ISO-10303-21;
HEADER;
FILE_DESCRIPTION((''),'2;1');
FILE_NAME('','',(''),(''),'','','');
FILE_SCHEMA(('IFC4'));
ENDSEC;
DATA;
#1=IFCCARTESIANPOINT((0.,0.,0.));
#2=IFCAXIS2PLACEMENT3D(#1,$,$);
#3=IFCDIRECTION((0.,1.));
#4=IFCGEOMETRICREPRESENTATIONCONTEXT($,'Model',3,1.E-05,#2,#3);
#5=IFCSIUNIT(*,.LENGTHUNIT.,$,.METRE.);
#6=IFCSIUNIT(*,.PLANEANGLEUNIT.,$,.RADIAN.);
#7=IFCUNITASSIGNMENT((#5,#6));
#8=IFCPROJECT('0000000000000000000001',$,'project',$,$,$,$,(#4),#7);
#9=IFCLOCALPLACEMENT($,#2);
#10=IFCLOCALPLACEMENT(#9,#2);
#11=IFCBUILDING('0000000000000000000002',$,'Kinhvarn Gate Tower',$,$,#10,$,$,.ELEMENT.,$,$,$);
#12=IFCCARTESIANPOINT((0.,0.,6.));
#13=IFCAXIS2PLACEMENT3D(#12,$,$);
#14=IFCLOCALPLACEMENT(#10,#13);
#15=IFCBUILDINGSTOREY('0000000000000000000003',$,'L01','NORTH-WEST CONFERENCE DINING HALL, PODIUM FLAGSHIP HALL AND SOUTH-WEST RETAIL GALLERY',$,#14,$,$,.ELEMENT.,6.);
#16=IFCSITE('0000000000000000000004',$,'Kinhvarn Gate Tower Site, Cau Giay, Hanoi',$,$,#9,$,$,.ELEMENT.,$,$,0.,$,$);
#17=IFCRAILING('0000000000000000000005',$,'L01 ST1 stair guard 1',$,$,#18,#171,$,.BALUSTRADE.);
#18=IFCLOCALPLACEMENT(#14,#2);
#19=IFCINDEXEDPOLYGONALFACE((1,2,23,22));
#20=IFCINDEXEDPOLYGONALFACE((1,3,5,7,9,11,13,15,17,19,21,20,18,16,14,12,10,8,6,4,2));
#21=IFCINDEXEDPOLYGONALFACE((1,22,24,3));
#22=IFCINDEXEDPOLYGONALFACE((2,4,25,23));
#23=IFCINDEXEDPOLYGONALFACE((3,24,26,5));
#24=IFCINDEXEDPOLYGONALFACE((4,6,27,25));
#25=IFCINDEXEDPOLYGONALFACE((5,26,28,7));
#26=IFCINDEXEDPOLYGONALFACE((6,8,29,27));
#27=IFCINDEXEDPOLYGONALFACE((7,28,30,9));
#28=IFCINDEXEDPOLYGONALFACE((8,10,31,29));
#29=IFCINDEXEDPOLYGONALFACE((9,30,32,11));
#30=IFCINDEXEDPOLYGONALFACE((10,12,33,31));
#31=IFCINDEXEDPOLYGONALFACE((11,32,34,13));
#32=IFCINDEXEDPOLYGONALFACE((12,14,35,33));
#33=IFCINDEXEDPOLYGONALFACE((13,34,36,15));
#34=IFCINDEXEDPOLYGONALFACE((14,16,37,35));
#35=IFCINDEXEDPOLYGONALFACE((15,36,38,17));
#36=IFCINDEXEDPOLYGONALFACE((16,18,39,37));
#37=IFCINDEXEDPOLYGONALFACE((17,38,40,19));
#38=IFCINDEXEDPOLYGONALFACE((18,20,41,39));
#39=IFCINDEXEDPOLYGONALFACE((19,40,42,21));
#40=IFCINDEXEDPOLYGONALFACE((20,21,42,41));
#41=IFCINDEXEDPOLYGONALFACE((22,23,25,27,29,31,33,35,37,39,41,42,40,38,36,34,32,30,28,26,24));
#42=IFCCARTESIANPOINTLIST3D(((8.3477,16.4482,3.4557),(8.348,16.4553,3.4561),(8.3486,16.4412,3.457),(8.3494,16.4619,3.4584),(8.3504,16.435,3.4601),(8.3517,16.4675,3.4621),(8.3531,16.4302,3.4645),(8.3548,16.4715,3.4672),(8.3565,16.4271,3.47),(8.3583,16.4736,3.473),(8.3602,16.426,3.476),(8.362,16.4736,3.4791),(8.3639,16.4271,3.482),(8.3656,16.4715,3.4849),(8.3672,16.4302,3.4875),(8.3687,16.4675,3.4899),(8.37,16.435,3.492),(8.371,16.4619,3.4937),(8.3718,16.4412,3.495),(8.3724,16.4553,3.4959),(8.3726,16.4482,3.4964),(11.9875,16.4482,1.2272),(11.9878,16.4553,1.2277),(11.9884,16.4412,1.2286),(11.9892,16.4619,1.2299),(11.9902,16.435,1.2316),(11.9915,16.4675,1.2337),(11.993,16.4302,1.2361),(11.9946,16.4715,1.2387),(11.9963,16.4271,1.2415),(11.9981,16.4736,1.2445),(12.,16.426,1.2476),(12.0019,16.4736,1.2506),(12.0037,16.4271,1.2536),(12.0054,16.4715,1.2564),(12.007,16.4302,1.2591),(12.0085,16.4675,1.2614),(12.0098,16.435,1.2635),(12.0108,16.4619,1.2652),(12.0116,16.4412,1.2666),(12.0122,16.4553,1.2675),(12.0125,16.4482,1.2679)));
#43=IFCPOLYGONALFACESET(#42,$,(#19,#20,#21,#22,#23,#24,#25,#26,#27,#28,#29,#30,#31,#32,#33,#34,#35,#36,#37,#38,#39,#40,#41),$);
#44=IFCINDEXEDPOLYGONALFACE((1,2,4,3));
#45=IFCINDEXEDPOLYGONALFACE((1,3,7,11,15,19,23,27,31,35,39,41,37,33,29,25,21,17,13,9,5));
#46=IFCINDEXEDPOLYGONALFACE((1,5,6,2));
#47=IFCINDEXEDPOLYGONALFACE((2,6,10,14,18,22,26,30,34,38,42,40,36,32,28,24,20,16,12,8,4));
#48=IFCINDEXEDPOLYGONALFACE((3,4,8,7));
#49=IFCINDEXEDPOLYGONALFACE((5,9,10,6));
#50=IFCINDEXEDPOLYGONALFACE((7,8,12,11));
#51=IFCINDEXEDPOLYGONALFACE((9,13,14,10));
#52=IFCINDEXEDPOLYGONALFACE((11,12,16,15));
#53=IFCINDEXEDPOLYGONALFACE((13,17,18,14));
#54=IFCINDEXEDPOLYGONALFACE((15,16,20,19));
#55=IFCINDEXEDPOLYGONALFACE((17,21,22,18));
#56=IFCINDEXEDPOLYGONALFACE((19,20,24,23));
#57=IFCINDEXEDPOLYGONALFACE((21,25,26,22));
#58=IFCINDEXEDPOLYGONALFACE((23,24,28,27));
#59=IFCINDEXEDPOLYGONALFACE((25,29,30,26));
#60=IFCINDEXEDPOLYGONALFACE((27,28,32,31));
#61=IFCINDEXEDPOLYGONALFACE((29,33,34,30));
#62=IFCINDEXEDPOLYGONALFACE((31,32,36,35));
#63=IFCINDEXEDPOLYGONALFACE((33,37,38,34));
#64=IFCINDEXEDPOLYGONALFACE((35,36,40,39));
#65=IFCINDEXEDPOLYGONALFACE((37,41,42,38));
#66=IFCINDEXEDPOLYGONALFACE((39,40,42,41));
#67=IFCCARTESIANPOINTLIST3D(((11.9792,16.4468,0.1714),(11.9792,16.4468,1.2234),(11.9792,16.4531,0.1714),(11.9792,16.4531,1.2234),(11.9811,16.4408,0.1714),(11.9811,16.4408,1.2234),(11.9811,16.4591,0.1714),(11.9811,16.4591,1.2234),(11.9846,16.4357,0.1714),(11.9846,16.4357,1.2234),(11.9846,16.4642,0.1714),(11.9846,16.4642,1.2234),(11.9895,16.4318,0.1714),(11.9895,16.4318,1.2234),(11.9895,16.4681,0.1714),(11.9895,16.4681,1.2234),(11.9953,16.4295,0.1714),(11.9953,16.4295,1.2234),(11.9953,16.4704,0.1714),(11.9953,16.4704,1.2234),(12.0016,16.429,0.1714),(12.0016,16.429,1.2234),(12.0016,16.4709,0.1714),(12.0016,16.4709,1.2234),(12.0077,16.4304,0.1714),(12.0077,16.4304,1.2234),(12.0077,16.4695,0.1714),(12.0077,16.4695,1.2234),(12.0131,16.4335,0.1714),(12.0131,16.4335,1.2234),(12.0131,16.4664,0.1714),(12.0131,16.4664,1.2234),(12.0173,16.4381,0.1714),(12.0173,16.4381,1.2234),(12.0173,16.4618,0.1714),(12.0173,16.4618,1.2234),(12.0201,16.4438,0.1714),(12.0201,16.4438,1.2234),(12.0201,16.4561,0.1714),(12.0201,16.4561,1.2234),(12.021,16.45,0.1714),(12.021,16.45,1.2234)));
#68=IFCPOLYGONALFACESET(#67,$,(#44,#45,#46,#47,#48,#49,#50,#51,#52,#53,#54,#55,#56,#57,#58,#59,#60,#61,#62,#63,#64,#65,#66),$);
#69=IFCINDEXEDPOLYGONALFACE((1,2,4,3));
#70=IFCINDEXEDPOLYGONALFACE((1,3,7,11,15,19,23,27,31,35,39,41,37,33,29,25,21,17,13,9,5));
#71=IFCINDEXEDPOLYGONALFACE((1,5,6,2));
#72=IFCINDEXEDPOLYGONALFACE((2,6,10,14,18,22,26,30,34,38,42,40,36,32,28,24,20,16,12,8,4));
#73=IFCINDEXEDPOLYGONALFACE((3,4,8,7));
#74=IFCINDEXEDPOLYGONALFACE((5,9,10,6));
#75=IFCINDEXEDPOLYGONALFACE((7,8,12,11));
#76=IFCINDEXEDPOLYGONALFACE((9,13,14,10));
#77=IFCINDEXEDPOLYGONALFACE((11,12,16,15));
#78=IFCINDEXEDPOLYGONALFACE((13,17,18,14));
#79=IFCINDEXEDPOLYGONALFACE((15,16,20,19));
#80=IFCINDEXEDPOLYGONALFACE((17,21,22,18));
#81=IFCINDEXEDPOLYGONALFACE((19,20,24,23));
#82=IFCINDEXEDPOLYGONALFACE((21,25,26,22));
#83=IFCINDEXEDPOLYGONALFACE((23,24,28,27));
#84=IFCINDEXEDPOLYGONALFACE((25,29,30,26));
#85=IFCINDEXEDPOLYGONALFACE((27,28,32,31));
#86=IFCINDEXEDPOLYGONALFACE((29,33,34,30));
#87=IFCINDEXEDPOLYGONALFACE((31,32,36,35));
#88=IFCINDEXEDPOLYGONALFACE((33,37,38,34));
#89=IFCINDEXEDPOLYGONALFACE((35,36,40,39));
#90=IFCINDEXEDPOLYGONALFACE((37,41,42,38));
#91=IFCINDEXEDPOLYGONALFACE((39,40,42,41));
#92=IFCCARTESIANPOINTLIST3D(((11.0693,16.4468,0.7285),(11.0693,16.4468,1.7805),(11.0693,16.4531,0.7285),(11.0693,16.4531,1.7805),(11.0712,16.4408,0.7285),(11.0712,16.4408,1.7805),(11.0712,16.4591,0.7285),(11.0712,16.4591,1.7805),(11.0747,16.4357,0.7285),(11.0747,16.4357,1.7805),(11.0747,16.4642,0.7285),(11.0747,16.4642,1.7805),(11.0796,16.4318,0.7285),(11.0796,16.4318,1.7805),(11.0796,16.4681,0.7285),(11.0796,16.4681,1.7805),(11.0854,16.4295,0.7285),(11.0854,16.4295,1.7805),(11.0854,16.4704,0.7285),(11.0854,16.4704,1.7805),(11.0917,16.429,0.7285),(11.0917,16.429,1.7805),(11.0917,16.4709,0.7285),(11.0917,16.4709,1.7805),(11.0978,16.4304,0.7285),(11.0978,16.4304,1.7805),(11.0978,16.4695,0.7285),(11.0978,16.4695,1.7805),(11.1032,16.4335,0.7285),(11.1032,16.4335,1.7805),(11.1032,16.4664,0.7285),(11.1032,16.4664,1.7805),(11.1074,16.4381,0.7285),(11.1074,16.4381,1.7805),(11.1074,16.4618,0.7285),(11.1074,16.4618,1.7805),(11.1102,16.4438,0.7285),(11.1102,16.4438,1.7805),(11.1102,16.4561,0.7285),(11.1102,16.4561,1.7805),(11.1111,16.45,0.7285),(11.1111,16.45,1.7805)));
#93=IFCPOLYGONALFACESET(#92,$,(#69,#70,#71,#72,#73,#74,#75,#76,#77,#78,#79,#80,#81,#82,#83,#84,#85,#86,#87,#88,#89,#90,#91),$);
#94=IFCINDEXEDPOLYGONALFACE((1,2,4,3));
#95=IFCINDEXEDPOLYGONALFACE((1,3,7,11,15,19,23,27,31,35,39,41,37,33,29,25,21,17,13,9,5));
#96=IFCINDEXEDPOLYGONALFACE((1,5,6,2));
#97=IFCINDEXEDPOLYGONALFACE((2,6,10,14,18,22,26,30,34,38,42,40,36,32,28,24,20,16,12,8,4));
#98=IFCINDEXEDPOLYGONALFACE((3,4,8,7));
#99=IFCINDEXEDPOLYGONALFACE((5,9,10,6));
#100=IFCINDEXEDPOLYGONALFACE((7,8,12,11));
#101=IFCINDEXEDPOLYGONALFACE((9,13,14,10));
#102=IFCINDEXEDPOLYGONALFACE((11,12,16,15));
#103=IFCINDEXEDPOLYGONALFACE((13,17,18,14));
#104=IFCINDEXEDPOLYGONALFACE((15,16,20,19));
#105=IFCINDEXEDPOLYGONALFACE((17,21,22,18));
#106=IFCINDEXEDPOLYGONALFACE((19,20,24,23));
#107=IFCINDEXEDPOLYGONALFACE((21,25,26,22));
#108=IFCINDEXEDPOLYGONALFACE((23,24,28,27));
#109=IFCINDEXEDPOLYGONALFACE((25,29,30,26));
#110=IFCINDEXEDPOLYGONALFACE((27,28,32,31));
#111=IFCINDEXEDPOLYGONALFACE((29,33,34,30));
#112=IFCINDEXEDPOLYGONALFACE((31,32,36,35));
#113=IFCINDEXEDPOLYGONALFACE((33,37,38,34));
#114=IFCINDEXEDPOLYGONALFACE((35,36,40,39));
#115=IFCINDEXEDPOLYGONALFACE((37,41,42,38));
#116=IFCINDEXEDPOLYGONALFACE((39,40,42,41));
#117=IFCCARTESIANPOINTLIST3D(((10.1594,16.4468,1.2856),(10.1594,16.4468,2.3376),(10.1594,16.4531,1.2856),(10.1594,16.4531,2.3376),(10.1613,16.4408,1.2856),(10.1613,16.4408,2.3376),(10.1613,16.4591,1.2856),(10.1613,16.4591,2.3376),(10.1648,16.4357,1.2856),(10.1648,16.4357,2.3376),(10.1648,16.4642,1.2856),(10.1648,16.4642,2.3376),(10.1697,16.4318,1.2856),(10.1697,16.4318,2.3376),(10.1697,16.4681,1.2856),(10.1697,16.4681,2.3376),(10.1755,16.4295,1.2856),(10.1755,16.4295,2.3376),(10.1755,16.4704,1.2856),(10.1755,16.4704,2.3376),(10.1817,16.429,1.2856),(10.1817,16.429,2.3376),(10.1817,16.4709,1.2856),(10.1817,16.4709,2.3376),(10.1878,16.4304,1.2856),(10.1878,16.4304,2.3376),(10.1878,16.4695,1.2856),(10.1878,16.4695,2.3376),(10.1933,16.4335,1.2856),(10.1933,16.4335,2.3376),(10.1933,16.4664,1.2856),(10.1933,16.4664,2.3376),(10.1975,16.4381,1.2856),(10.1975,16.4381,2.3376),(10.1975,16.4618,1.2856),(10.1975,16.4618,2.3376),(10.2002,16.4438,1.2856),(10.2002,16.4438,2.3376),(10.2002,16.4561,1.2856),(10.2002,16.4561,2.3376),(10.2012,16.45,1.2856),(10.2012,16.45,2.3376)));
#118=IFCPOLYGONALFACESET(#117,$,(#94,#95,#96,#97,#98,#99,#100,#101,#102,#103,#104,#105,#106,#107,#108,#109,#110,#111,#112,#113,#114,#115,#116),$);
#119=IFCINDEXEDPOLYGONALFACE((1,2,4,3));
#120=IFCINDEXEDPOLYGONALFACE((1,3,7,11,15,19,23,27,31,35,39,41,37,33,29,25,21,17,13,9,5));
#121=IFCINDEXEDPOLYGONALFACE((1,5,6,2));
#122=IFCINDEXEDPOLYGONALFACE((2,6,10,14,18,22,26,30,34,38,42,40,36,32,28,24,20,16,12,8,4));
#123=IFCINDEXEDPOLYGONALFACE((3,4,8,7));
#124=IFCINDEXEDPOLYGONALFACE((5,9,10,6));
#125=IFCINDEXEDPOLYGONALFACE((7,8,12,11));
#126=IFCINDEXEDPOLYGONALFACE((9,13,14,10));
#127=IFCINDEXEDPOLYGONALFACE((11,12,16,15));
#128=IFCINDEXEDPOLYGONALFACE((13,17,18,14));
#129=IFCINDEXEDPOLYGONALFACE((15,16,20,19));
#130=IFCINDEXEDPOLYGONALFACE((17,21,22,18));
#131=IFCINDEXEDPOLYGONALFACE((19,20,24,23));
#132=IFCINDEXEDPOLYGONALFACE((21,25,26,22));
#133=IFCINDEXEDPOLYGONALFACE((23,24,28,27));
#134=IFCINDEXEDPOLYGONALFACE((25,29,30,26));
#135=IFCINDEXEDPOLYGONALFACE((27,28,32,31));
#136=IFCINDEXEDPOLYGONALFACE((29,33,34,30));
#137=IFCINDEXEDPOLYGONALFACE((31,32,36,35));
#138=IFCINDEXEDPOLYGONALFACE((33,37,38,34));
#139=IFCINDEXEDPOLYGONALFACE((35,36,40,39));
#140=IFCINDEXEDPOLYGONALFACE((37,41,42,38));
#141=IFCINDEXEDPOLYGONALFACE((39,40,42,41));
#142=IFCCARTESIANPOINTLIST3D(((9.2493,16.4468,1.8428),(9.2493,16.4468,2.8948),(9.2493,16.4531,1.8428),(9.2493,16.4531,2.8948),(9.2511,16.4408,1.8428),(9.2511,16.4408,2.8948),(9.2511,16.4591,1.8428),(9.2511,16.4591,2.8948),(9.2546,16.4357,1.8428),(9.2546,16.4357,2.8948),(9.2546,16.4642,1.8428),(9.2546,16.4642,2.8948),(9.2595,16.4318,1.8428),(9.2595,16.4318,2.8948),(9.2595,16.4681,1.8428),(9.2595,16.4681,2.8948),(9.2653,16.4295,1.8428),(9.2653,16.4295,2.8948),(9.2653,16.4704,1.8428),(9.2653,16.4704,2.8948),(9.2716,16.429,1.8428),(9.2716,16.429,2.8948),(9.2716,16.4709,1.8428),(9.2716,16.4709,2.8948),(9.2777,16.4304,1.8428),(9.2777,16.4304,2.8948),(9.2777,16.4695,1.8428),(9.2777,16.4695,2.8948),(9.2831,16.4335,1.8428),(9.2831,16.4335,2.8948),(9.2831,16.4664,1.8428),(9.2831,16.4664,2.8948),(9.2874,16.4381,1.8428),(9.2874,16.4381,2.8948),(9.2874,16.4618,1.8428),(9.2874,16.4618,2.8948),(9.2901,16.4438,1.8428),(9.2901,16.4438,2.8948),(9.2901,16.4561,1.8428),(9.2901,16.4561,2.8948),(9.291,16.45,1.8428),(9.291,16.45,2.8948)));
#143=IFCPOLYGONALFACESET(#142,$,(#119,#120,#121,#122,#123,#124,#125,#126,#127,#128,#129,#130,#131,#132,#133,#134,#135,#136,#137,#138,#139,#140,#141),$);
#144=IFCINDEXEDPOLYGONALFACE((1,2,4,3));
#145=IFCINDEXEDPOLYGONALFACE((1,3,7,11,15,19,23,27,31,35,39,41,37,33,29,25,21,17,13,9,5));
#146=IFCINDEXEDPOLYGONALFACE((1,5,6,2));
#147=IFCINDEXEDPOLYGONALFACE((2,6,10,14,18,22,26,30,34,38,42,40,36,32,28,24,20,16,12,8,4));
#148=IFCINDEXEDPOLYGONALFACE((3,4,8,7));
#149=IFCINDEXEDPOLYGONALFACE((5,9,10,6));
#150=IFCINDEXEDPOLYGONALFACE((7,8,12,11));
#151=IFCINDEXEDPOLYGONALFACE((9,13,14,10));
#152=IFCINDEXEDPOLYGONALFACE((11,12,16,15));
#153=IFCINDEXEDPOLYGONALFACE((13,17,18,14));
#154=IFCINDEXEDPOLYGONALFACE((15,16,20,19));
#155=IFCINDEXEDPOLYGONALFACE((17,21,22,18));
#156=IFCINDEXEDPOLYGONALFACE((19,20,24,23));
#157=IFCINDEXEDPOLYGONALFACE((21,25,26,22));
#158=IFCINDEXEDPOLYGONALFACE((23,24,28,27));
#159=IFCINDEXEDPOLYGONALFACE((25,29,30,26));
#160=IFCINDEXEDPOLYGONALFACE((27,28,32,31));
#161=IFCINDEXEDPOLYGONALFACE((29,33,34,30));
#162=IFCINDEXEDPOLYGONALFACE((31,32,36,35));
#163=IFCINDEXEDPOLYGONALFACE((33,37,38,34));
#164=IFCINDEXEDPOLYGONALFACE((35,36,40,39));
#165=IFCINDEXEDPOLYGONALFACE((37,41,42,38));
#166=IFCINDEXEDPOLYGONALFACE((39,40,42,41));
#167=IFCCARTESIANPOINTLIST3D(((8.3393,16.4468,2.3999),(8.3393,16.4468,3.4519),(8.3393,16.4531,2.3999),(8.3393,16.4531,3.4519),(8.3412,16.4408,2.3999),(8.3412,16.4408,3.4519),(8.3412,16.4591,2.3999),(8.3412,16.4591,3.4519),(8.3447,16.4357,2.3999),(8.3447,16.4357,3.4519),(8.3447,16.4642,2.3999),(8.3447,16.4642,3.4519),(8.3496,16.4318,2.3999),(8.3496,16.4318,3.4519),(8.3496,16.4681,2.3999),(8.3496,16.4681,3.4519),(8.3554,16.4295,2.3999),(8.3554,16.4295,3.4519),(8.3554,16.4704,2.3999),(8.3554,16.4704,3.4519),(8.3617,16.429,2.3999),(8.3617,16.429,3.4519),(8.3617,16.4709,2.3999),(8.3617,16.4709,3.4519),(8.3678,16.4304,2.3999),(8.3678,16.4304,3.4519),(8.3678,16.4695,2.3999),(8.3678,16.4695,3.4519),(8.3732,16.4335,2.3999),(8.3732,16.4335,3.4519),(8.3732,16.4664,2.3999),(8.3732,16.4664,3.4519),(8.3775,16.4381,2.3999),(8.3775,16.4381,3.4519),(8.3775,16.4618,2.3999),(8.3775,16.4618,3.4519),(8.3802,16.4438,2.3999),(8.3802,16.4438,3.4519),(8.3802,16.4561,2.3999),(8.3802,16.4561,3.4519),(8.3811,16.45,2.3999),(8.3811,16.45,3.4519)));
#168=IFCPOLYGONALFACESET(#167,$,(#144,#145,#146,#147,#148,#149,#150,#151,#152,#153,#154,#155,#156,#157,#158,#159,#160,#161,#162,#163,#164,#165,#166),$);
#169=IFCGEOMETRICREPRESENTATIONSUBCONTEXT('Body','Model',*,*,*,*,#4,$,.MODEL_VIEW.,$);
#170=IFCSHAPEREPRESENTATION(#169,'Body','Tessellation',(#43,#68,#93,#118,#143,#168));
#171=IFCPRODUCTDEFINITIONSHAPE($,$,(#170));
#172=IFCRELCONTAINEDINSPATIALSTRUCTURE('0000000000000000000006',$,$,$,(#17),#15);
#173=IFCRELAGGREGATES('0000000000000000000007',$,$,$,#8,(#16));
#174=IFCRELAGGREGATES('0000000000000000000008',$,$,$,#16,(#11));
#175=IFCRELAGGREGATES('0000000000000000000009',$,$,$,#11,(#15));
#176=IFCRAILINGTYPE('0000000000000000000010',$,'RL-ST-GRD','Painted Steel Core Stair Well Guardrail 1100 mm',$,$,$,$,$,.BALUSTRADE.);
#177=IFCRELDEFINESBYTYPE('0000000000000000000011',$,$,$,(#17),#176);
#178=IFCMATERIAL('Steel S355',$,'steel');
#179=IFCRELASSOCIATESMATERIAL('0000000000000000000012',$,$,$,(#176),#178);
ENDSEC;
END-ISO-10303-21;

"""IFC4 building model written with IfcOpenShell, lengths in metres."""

from ifc_helpers import new_model, si_unit, direction, frame, origin, origin_2d, place, context, subcontext, project, spatial, circle, extrude, material, type_object, element, save


model = new_model("IFC4")

# Units and contexts
model_context = context("Model", 3, precision=1e-05, world=origin(), true_north=direction((0.0, 1.0)))
body_context = subcontext(model_context, "Body", "Model", "MODEL_VIEW")
ifc_project = project(units=[si_unit("LENGTHUNIT", "METRE"), si_unit("PLANEANGLEUNIT", "RADIAN")], contexts=[model_context])

# Site, building, storey
site_placement = place(None, origin())
site = spatial("IfcSite", under=ifc_project, at=site_placement, Name="Kinhvarn Gate Tower Site, Cau Giay, Hanoi", CompositionType="ELEMENT", RefElevation=0.0)
building_placement = place(site_placement, origin())
building = spatial("IfcBuilding", under=site, at=building_placement, Name="Kinhvarn Gate Tower", CompositionType="ELEMENT")
storey_placement = place(building_placement, frame((0.0, 0.0, 6.0)))
storey = spatial("IfcBuildingStorey", under=building, at=storey_placement, Name="L01", Description="NORTH-WEST CONFERENCE DINING HALL, PODIUM FLAGSHIP HALL AND SOUTH-WEST RETAIL GALLERY", CompositionType="ELEMENT", Elevation=6.0)

# Shared definitions
ifc_material_1 = material(Name="Steel S355", Category="steel")

# Railing
railing_type_1 = type_object("IfcRailingType", Name="RL-ST-GRD", Description="Painted Steel Core Stair Well Guardrail 1100 mm", PredefinedType="BALUSTRADE", material=ifc_material_1)
railing_1_placement = place(storey_placement, frame((12.0, 16.45, 0.1714)))
element("IfcRailing", 1, at=railing_1_placement, inside=storey, type_object=railing_type_1, Name="L01 ST1 stair guard 1", PredefinedType="BALUSTRADE", context=body_context, shape_type="SweptSolid", body=[
    extrude(circle(Radius=0.0239, at=origin_2d()), frame((0.0, 0.0, 1.0762), z_axis=(-0.85285, 0.0, 0.522156), x_axis=(0.0, -1.0, 0.0)), (0.0, 0.0, 1.0), 4.2678),
    extrude(circle(Radius=0.021, at=origin_2d()), origin(), (0.0, 0.0, 1.0), 1.052),
    extrude(circle(Radius=0.021, at=origin_2d()), frame((-0.9099, 0.0, 0.5571)), (0.0, 0.0, 1.0), 1.052),
    extrude(circle(Radius=0.021, at=origin_2d()), frame((-1.8198, 0.0, 1.1143)), (0.0, 0.0, 1.0), 1.052),
    extrude(circle(Radius=0.021, at=origin_2d()), frame((-2.73, 0.0, 1.6714)), (0.0, 0.0, 1.0), 1.052),
    extrude(circle(Radius=0.021, at=origin_2d()), frame((-3.6399, 0.0, 2.2285)), (0.0, 0.0, 1.0), 1.052),
])

save(model, "model.ifc")
